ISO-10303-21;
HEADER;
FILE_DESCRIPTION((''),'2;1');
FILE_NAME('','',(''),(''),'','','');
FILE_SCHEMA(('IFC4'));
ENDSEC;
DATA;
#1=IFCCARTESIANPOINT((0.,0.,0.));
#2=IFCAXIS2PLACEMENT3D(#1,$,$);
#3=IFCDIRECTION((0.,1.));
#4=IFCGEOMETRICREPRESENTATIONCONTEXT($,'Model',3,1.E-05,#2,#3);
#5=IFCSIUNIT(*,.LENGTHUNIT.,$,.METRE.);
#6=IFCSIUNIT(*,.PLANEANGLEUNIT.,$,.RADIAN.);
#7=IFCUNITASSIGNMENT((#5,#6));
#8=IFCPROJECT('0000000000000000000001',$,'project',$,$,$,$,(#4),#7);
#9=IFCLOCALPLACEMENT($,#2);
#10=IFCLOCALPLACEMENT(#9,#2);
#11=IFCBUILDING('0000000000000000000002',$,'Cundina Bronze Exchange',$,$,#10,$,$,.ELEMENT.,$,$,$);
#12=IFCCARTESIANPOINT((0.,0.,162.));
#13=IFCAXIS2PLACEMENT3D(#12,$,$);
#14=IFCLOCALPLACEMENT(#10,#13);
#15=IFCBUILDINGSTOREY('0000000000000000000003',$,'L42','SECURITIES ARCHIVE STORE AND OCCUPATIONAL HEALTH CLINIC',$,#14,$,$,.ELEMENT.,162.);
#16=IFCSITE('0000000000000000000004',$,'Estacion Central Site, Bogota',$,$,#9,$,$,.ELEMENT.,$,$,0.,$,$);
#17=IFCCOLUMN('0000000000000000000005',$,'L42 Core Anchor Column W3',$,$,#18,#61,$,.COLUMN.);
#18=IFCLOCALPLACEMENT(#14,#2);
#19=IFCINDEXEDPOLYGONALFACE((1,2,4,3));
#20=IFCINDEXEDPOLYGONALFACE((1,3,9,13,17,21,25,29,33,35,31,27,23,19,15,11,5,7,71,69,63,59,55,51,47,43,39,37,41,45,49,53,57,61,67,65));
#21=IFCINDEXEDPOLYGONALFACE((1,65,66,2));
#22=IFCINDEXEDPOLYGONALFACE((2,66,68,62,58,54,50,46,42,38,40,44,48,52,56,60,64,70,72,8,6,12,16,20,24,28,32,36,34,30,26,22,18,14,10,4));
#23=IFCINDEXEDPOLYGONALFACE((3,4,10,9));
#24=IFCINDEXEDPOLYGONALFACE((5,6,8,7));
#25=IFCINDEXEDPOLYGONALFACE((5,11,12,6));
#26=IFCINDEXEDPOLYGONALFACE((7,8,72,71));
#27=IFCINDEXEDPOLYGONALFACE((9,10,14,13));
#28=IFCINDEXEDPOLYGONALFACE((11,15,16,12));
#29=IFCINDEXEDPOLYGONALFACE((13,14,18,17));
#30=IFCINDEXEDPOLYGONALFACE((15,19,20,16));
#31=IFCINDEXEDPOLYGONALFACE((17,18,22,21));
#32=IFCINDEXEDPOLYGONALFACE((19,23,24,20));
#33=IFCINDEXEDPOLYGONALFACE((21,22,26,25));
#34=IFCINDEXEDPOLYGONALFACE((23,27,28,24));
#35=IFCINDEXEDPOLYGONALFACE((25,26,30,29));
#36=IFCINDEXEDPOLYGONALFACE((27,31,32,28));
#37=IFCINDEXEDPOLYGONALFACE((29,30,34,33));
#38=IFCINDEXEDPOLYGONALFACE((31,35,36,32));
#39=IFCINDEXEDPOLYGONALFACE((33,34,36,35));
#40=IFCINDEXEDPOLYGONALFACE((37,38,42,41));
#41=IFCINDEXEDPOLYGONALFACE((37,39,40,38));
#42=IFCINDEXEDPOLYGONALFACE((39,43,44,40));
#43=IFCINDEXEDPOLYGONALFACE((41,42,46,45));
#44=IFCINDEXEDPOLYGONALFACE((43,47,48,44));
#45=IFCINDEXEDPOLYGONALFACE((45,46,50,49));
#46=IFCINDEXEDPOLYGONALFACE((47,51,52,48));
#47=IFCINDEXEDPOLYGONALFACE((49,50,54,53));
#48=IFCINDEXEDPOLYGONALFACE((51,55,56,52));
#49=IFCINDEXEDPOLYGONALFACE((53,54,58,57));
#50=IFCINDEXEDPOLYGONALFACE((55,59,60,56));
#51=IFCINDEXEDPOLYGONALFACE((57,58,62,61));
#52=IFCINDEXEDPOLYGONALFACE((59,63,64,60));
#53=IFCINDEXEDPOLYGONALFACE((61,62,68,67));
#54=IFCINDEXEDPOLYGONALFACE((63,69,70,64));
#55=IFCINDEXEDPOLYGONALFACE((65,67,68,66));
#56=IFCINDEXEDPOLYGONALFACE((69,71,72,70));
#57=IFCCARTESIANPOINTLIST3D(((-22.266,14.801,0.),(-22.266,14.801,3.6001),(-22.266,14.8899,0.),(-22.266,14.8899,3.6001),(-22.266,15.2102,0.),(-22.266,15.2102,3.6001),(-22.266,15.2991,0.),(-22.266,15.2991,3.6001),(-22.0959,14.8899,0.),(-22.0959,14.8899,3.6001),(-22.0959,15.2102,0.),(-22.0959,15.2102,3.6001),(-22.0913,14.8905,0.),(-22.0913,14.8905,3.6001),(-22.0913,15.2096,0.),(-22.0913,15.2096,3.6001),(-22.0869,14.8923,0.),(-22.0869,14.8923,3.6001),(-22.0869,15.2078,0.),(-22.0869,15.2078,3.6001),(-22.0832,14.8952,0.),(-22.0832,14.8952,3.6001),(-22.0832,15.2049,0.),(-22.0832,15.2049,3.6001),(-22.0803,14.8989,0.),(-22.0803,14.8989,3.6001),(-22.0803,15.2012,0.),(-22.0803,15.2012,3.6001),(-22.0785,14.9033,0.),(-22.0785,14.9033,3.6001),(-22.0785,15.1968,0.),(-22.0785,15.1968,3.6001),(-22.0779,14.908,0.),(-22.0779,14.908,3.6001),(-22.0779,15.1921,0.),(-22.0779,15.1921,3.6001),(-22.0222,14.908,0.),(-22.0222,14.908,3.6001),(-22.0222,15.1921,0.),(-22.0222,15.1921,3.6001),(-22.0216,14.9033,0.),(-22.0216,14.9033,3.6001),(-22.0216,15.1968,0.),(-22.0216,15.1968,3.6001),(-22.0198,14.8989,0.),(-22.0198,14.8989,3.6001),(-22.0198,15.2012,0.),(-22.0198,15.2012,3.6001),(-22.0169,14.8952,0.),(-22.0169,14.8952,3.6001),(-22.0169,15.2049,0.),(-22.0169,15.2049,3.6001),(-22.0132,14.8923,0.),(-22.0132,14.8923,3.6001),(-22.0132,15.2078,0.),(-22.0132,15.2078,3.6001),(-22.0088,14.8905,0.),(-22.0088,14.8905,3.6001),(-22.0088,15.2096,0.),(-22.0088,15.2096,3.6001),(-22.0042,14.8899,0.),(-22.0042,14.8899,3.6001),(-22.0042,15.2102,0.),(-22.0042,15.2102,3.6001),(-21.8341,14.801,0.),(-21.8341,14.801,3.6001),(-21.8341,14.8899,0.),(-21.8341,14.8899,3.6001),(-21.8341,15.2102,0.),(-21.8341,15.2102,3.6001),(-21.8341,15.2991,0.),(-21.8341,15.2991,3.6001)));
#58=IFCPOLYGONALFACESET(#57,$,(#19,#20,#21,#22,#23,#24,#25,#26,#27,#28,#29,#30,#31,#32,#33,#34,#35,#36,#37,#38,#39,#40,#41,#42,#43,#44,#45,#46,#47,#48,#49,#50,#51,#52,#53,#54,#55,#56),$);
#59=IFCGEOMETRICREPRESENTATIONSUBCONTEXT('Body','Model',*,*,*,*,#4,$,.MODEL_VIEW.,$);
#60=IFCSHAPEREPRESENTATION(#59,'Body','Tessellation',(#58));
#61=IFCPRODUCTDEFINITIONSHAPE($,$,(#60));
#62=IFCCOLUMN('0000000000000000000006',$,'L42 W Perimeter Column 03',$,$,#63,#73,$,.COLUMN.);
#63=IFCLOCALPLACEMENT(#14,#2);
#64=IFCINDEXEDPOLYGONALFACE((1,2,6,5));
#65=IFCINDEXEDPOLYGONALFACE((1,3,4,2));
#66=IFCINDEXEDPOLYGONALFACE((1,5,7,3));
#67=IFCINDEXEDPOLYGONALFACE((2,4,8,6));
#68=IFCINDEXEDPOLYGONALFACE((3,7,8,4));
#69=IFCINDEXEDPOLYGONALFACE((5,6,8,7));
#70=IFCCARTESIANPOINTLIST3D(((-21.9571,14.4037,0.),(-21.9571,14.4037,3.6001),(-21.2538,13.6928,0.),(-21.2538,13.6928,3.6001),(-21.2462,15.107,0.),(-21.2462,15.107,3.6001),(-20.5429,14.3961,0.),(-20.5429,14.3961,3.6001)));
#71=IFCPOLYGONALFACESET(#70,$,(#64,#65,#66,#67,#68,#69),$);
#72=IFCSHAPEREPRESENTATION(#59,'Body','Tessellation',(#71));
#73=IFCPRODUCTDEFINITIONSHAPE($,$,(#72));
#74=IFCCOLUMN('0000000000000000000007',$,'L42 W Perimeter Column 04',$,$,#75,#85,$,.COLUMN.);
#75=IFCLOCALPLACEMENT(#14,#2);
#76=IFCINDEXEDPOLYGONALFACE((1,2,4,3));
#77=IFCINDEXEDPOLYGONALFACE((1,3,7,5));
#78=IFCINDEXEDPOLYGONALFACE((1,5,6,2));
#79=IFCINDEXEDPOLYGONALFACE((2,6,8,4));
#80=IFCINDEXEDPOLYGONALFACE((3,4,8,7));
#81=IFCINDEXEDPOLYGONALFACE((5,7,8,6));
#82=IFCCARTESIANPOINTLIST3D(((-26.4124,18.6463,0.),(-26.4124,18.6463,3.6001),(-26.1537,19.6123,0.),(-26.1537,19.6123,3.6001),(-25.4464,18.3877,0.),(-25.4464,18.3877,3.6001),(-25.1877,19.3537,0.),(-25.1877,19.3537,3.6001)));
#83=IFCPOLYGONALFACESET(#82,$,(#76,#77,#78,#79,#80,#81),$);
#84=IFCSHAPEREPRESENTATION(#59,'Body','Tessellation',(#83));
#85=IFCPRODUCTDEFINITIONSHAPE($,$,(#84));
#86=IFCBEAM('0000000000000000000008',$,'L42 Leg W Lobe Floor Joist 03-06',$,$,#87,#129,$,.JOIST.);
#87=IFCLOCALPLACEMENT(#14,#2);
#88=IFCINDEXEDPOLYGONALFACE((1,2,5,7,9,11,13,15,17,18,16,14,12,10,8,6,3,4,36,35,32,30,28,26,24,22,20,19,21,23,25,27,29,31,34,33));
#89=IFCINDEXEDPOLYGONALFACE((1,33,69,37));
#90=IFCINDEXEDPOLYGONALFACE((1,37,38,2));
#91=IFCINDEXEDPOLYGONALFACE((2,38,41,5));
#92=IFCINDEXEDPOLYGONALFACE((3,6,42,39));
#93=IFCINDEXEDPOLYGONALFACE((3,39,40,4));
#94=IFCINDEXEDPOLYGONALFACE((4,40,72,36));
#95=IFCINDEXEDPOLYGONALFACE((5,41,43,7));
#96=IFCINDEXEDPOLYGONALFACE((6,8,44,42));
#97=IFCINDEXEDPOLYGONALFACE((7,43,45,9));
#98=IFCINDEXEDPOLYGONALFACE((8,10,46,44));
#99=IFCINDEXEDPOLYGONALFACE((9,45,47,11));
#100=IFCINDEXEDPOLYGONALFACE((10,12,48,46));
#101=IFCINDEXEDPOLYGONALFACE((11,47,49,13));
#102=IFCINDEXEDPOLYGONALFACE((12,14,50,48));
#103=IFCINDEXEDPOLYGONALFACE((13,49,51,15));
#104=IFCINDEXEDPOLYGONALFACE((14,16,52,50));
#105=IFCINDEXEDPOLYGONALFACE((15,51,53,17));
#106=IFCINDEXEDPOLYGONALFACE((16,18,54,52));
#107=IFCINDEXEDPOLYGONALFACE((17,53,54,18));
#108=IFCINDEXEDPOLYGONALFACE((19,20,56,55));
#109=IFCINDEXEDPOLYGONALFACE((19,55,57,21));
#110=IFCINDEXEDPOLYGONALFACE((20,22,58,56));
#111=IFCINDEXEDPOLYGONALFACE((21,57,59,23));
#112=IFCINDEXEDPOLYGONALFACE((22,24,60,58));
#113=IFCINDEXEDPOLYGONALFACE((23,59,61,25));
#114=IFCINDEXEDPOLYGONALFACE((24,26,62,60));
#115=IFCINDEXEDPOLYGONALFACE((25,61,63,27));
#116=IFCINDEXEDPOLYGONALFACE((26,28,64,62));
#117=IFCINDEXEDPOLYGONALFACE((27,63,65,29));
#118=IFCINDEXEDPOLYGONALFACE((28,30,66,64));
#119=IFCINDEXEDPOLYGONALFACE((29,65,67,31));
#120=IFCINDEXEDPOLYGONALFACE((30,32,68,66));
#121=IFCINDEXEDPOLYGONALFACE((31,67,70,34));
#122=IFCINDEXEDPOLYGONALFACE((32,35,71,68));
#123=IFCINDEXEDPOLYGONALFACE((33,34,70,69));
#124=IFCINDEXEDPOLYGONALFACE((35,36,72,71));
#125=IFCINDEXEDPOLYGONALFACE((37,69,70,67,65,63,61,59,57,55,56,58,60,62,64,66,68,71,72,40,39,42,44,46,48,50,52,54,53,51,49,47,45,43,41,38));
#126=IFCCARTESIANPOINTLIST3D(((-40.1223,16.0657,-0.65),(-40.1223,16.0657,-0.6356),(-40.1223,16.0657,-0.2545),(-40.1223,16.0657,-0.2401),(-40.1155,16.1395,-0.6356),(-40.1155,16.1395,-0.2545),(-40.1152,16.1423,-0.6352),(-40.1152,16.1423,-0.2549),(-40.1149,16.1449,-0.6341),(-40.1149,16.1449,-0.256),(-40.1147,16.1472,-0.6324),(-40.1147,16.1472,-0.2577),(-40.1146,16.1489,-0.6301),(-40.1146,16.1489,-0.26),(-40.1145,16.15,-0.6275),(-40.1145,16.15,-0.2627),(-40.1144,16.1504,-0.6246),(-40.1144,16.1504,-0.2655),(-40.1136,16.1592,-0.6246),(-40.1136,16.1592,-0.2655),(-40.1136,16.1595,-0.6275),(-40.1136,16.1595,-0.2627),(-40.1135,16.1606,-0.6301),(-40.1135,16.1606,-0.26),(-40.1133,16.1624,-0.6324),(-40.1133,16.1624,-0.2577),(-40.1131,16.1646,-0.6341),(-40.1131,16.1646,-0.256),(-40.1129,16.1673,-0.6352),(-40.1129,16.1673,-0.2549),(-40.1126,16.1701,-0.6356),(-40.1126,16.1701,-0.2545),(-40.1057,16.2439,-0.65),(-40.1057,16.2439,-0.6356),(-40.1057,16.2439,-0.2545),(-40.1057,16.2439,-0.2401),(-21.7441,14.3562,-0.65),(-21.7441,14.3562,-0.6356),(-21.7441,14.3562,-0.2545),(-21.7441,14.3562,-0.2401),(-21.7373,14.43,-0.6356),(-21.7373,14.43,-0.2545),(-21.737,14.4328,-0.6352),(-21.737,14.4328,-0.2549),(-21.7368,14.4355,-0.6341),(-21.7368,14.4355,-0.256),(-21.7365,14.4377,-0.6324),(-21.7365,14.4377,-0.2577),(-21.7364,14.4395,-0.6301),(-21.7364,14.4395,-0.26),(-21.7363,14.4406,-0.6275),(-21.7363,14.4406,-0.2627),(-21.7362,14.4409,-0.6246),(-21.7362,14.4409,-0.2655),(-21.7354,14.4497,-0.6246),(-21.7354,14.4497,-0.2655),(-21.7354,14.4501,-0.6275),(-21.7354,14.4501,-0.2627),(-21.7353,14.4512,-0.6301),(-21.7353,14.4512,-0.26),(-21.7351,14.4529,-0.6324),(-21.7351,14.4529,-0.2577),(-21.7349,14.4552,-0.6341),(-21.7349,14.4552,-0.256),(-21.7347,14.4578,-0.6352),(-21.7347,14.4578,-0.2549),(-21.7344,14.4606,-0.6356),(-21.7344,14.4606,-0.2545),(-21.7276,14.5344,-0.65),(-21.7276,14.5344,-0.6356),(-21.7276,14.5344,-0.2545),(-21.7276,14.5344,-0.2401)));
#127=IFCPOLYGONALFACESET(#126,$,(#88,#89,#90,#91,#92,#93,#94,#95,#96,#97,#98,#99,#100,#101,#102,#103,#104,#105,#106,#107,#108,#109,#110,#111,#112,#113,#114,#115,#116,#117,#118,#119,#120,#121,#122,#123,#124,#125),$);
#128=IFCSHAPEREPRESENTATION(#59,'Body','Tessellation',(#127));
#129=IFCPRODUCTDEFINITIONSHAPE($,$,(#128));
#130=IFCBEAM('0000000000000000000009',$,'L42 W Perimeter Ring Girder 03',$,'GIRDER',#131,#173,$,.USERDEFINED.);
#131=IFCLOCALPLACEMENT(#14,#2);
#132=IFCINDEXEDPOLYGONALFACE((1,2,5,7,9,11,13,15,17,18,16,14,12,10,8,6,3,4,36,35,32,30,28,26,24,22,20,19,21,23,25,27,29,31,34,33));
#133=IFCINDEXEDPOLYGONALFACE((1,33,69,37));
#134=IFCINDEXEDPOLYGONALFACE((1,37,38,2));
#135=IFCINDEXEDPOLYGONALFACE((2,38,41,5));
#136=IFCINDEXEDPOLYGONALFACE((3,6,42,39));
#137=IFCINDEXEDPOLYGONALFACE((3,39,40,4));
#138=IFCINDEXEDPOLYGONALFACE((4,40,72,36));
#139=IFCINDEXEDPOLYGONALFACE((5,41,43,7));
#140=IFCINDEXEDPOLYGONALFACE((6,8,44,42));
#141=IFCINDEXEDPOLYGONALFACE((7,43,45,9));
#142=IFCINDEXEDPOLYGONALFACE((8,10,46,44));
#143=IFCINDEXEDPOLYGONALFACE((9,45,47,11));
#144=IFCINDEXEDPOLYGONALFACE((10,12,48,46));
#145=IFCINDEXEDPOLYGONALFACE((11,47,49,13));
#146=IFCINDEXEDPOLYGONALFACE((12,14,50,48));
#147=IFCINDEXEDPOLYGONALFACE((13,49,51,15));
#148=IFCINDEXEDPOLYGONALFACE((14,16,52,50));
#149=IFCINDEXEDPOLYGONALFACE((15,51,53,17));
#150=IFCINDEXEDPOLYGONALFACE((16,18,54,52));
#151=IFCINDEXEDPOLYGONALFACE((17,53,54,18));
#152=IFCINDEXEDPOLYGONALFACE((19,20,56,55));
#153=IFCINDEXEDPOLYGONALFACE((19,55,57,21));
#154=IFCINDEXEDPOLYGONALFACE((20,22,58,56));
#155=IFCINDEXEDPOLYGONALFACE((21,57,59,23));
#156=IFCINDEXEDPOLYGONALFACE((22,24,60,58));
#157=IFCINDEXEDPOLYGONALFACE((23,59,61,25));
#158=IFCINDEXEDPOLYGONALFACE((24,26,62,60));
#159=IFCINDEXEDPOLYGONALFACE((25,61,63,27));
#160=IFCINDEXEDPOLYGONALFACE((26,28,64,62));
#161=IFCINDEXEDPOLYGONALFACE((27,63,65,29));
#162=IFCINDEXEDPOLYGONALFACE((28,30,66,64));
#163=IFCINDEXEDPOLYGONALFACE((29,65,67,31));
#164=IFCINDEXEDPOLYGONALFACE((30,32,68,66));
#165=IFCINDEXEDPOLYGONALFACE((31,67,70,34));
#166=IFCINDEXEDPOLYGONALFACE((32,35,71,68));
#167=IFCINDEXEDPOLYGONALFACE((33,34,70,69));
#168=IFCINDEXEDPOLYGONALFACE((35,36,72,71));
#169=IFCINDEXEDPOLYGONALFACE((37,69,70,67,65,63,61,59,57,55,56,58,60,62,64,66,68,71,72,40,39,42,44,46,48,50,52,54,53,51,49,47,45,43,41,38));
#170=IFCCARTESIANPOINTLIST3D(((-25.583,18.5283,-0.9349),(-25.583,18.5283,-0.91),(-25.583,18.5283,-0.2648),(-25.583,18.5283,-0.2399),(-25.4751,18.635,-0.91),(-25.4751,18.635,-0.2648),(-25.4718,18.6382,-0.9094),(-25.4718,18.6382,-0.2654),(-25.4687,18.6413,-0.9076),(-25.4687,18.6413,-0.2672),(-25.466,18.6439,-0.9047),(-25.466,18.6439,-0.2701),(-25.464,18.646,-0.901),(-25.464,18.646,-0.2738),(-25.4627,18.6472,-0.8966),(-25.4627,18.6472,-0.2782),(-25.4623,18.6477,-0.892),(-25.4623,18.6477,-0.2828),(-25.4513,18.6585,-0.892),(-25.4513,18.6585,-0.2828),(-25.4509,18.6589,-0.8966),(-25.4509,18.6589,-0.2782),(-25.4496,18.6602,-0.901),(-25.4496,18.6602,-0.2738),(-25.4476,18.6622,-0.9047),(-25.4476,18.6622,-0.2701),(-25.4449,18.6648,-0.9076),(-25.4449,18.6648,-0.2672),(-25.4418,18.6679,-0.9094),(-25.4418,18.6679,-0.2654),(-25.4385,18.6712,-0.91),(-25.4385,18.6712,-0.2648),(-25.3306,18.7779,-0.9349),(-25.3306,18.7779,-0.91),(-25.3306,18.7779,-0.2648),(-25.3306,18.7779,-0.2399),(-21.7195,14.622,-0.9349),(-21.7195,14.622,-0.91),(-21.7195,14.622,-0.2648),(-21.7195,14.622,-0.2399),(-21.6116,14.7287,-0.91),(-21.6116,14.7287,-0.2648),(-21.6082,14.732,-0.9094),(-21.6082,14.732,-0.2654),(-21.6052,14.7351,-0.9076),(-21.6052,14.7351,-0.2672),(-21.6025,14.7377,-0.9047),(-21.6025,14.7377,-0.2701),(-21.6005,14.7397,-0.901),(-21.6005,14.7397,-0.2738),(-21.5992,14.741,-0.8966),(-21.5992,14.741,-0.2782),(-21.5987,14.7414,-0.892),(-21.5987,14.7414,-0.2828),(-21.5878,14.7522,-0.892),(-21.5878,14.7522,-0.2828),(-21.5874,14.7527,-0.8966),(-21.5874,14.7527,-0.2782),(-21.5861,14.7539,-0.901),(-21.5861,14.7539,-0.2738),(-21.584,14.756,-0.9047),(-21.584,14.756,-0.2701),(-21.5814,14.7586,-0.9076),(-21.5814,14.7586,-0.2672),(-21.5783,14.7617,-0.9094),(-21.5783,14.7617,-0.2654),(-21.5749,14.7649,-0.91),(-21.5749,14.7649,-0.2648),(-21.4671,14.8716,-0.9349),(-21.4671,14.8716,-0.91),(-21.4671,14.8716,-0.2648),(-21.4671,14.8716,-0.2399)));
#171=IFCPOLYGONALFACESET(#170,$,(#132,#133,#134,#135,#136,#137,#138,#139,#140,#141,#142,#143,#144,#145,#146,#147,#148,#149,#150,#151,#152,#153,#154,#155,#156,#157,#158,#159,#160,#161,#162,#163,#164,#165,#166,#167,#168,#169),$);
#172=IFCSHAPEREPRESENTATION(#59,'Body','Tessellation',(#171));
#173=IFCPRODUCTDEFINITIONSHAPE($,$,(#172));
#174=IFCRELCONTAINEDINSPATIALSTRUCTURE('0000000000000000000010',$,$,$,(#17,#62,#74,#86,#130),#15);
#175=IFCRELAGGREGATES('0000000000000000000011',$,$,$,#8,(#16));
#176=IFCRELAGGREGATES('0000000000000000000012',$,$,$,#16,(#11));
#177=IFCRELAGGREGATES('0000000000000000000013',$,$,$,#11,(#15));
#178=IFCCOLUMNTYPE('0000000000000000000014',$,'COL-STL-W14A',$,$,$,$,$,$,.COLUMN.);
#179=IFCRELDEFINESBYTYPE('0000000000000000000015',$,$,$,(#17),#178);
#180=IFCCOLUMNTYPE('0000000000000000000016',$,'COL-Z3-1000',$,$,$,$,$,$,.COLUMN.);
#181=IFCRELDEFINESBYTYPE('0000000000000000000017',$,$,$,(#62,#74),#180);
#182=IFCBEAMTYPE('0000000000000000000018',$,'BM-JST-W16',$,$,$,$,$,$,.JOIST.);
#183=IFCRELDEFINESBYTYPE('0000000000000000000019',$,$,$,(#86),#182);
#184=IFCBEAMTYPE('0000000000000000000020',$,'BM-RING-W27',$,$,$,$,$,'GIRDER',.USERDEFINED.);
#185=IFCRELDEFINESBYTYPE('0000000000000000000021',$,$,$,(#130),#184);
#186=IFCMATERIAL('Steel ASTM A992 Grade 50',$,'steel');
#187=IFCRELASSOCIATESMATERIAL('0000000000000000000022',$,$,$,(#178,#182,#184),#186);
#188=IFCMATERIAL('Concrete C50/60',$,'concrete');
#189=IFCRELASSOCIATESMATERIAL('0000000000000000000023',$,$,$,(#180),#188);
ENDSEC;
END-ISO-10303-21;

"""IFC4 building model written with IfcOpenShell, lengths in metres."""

from ifc_helpers import new_model, si_unit, direction, frame, origin, origin_2d, place, context, subcontext, project, spatial, rectangle, i_section, extrude, material, material_profile, profile_set, type_object, element, save


model = new_model("IFC4")

# Units and contexts
model_context = context("Model", 3, precision=1e-05, world=origin(), true_north=direction((0.0, 1.0)))
body_context = subcontext(model_context, "Body", "Model", "MODEL_VIEW")
ifc_project = project(units=[si_unit("LENGTHUNIT", "METRE"), si_unit("PLANEANGLEUNIT", "RADIAN")], contexts=[model_context])

# Site, building, storey
site_placement = place(None, origin())
site = spatial("IfcSite", under=ifc_project, at=site_placement, Name="Estacion Central Site, Bogota", CompositionType="ELEMENT", RefElevation=0.0)
building_placement = place(site_placement, origin())
building = spatial("IfcBuilding", under=site, at=building_placement, Name="Cundina Bronze Exchange", CompositionType="ELEMENT")
storey_placement = place(building_placement, frame((0.0, 0.0, 162.0)))
storey = spatial("IfcBuildingStorey", under=building, at=storey_placement, Name="L42", Description="SECURITIES ARCHIVE STORE AND OCCUPATIONAL HEALTH CLINIC", CompositionType="ELEMENT", Elevation=162.0)

# Columns
ifc_material_1 = material(Name="Steel ASTM A992 Grade 50", Category="steel")
ifc_material_profile_1 = material_profile(ifc_material_1, i_section(OverallWidth=0.4319, OverallDepth=0.498, WebThickness=0.0557, FlangeThickness=0.0889, FilletRadius=0.0181, at=origin_2d()), Name="W14X500", Category="steel")
ifc_profile_set_1 = profile_set([ifc_material_profile_1], Name="Steel ASTM A992 Grade 50")
column_type_1 = type_object("IfcColumnType", Name="COL-STL-W14A", PredefinedType="COLUMN", material=ifc_profile_set_1)
column_placement = place(storey_placement, frame((-22.05, 15.05, 0.0), z_axis=(0.0, 0.0, 1.0), x_axis=(1.0, 0.0, 0.0)))
element("IfcColumn", 1, at=column_placement, inside=storey, type_object=column_type_1, Name="L42 Core Anchor Column W3", PredefinedType="COLUMN", context=body_context, shape_type="SweptSolid", body=[
    extrude(i_section(OverallWidth=0.4319, OverallDepth=0.498, WebThickness=0.0557, FlangeThickness=0.0889, FilletRadius=0.0181, at=origin_2d()), origin(), (0.0, 0.0, 1.0), 3.6001),
])
ifc_material_2 = material(Name="Concrete C50/60", Category="concrete")
ifc_material_profile_2 = material_profile(ifc_material_2, rectangle(XDim=1.0, YDim=1.0, at=origin_2d()), Name="RC1000X1000", Category="concrete")
ifc_profile_set_2 = profile_set([ifc_material_profile_2], Name="Concrete C50/60")
column_type_2 = type_object("IfcColumnType", Name="COL-Z3-1000", PredefinedType="COLUMN", material=ifc_profile_set_2)
for number, where, z_axis, x_axis, name in (
    (2, (-21.25, 14.3999, 0.0), (0.0, 0.0, 1.0), (-0.703271, 0.710922, 0.0), "L42 W Perimeter Column 03"),
    (3, (-25.8, 19.0, 0.0), (0.0, 0.0, 1.0), (-0.965971, 0.25865, 0.0), "L42 W Perimeter Column 04"),
):
    element("IfcColumn", number, at=place(storey_placement, frame(where, z_axis=z_axis, x_axis=x_axis)), inside=storey, type_object=column_type_2, Name=name, PredefinedType="COLUMN", context=body_context, shape_type="SweptSolid", body=[
        extrude(rectangle(XDim=1.0, YDim=1.0, at=origin_2d()), origin(), (0.0, 0.0, 1.0), 3.6001),
    ])

# Beams
ifc_material_profile_3 = material_profile(ifc_material_1, i_section(OverallWidth=0.179, OverallDepth=0.4099, WebThickness=0.0088, FlangeThickness=0.0144, FilletRadius=0.011, at=origin_2d()), Name="W16X45", Category="steel")
ifc_profile_set_3 = profile_set([ifc_material_profile_3], Name="Steel ASTM A992 Grade 50")
beam_type_1 = type_object("IfcBeamType", Name="BM-JST-W16", PredefinedType="JOIST", material=ifc_profile_set_3)
beam_1_placement = place(storey_placement, frame((-21.7358, 14.4453, -0.4451), z_axis=(-0.995702, 0.092617, 0.0), x_axis=(-0.092617, -0.995702, 0.0)))
element("IfcBeam", 4, at=beam_1_placement, inside=storey, type_object=beam_type_1, Name="L42 Leg W Lobe Floor Joist 03-06", PredefinedType="JOIST", context=body_context, shape_type="SweptSolid", body=[
    extrude(i_section(OverallWidth=0.179, OverallDepth=0.4099, WebThickness=0.0088, FlangeThickness=0.0144, FilletRadius=0.011, at=origin_2d()), origin(), (0.0, 0.0, 1.0), 18.4575),
])
ifc_material_profile_4 = material_profile(ifc_material_1, i_section(OverallWidth=0.355, OverallDepth=0.6951, WebThickness=0.0154, FlangeThickness=0.0249, FilletRadius=0.0181, at=origin_2d()), Name="W27X146", Category="steel")
ifc_profile_set_4 = profile_set([ifc_material_profile_4], Name="Steel ASTM A992 Grade 50")
beam_type_2 = type_object("IfcBeamType", Name="BM-RING-W27", ElementType="GIRDER", PredefinedType="USERDEFINED", material=ifc_profile_set_4)
beam_2_placement = place(storey_placement, frame((-21.5933, 14.7468, -0.5874), z_axis=(-0.703208, 0.710984, 0.0), x_axis=(-0.710984, -0.703208, 0.0)))
element("IfcBeam", 5, at=beam_2_placement, inside=storey, type_object=beam_type_2, Name="L42 W Perimeter Ring Girder 03", ObjectType="GIRDER", PredefinedType="USERDEFINED", context=body_context, shape_type="SweptSolid", body=[
    extrude(i_section(OverallWidth=0.355, OverallDepth=0.6951, WebThickness=0.0154, FlangeThickness=0.0249, FilletRadius=0.0181, at=origin_2d()), origin(), (0.0, 0.0, 1.0), 5.4941),
])

save(model, "model.ifc")
